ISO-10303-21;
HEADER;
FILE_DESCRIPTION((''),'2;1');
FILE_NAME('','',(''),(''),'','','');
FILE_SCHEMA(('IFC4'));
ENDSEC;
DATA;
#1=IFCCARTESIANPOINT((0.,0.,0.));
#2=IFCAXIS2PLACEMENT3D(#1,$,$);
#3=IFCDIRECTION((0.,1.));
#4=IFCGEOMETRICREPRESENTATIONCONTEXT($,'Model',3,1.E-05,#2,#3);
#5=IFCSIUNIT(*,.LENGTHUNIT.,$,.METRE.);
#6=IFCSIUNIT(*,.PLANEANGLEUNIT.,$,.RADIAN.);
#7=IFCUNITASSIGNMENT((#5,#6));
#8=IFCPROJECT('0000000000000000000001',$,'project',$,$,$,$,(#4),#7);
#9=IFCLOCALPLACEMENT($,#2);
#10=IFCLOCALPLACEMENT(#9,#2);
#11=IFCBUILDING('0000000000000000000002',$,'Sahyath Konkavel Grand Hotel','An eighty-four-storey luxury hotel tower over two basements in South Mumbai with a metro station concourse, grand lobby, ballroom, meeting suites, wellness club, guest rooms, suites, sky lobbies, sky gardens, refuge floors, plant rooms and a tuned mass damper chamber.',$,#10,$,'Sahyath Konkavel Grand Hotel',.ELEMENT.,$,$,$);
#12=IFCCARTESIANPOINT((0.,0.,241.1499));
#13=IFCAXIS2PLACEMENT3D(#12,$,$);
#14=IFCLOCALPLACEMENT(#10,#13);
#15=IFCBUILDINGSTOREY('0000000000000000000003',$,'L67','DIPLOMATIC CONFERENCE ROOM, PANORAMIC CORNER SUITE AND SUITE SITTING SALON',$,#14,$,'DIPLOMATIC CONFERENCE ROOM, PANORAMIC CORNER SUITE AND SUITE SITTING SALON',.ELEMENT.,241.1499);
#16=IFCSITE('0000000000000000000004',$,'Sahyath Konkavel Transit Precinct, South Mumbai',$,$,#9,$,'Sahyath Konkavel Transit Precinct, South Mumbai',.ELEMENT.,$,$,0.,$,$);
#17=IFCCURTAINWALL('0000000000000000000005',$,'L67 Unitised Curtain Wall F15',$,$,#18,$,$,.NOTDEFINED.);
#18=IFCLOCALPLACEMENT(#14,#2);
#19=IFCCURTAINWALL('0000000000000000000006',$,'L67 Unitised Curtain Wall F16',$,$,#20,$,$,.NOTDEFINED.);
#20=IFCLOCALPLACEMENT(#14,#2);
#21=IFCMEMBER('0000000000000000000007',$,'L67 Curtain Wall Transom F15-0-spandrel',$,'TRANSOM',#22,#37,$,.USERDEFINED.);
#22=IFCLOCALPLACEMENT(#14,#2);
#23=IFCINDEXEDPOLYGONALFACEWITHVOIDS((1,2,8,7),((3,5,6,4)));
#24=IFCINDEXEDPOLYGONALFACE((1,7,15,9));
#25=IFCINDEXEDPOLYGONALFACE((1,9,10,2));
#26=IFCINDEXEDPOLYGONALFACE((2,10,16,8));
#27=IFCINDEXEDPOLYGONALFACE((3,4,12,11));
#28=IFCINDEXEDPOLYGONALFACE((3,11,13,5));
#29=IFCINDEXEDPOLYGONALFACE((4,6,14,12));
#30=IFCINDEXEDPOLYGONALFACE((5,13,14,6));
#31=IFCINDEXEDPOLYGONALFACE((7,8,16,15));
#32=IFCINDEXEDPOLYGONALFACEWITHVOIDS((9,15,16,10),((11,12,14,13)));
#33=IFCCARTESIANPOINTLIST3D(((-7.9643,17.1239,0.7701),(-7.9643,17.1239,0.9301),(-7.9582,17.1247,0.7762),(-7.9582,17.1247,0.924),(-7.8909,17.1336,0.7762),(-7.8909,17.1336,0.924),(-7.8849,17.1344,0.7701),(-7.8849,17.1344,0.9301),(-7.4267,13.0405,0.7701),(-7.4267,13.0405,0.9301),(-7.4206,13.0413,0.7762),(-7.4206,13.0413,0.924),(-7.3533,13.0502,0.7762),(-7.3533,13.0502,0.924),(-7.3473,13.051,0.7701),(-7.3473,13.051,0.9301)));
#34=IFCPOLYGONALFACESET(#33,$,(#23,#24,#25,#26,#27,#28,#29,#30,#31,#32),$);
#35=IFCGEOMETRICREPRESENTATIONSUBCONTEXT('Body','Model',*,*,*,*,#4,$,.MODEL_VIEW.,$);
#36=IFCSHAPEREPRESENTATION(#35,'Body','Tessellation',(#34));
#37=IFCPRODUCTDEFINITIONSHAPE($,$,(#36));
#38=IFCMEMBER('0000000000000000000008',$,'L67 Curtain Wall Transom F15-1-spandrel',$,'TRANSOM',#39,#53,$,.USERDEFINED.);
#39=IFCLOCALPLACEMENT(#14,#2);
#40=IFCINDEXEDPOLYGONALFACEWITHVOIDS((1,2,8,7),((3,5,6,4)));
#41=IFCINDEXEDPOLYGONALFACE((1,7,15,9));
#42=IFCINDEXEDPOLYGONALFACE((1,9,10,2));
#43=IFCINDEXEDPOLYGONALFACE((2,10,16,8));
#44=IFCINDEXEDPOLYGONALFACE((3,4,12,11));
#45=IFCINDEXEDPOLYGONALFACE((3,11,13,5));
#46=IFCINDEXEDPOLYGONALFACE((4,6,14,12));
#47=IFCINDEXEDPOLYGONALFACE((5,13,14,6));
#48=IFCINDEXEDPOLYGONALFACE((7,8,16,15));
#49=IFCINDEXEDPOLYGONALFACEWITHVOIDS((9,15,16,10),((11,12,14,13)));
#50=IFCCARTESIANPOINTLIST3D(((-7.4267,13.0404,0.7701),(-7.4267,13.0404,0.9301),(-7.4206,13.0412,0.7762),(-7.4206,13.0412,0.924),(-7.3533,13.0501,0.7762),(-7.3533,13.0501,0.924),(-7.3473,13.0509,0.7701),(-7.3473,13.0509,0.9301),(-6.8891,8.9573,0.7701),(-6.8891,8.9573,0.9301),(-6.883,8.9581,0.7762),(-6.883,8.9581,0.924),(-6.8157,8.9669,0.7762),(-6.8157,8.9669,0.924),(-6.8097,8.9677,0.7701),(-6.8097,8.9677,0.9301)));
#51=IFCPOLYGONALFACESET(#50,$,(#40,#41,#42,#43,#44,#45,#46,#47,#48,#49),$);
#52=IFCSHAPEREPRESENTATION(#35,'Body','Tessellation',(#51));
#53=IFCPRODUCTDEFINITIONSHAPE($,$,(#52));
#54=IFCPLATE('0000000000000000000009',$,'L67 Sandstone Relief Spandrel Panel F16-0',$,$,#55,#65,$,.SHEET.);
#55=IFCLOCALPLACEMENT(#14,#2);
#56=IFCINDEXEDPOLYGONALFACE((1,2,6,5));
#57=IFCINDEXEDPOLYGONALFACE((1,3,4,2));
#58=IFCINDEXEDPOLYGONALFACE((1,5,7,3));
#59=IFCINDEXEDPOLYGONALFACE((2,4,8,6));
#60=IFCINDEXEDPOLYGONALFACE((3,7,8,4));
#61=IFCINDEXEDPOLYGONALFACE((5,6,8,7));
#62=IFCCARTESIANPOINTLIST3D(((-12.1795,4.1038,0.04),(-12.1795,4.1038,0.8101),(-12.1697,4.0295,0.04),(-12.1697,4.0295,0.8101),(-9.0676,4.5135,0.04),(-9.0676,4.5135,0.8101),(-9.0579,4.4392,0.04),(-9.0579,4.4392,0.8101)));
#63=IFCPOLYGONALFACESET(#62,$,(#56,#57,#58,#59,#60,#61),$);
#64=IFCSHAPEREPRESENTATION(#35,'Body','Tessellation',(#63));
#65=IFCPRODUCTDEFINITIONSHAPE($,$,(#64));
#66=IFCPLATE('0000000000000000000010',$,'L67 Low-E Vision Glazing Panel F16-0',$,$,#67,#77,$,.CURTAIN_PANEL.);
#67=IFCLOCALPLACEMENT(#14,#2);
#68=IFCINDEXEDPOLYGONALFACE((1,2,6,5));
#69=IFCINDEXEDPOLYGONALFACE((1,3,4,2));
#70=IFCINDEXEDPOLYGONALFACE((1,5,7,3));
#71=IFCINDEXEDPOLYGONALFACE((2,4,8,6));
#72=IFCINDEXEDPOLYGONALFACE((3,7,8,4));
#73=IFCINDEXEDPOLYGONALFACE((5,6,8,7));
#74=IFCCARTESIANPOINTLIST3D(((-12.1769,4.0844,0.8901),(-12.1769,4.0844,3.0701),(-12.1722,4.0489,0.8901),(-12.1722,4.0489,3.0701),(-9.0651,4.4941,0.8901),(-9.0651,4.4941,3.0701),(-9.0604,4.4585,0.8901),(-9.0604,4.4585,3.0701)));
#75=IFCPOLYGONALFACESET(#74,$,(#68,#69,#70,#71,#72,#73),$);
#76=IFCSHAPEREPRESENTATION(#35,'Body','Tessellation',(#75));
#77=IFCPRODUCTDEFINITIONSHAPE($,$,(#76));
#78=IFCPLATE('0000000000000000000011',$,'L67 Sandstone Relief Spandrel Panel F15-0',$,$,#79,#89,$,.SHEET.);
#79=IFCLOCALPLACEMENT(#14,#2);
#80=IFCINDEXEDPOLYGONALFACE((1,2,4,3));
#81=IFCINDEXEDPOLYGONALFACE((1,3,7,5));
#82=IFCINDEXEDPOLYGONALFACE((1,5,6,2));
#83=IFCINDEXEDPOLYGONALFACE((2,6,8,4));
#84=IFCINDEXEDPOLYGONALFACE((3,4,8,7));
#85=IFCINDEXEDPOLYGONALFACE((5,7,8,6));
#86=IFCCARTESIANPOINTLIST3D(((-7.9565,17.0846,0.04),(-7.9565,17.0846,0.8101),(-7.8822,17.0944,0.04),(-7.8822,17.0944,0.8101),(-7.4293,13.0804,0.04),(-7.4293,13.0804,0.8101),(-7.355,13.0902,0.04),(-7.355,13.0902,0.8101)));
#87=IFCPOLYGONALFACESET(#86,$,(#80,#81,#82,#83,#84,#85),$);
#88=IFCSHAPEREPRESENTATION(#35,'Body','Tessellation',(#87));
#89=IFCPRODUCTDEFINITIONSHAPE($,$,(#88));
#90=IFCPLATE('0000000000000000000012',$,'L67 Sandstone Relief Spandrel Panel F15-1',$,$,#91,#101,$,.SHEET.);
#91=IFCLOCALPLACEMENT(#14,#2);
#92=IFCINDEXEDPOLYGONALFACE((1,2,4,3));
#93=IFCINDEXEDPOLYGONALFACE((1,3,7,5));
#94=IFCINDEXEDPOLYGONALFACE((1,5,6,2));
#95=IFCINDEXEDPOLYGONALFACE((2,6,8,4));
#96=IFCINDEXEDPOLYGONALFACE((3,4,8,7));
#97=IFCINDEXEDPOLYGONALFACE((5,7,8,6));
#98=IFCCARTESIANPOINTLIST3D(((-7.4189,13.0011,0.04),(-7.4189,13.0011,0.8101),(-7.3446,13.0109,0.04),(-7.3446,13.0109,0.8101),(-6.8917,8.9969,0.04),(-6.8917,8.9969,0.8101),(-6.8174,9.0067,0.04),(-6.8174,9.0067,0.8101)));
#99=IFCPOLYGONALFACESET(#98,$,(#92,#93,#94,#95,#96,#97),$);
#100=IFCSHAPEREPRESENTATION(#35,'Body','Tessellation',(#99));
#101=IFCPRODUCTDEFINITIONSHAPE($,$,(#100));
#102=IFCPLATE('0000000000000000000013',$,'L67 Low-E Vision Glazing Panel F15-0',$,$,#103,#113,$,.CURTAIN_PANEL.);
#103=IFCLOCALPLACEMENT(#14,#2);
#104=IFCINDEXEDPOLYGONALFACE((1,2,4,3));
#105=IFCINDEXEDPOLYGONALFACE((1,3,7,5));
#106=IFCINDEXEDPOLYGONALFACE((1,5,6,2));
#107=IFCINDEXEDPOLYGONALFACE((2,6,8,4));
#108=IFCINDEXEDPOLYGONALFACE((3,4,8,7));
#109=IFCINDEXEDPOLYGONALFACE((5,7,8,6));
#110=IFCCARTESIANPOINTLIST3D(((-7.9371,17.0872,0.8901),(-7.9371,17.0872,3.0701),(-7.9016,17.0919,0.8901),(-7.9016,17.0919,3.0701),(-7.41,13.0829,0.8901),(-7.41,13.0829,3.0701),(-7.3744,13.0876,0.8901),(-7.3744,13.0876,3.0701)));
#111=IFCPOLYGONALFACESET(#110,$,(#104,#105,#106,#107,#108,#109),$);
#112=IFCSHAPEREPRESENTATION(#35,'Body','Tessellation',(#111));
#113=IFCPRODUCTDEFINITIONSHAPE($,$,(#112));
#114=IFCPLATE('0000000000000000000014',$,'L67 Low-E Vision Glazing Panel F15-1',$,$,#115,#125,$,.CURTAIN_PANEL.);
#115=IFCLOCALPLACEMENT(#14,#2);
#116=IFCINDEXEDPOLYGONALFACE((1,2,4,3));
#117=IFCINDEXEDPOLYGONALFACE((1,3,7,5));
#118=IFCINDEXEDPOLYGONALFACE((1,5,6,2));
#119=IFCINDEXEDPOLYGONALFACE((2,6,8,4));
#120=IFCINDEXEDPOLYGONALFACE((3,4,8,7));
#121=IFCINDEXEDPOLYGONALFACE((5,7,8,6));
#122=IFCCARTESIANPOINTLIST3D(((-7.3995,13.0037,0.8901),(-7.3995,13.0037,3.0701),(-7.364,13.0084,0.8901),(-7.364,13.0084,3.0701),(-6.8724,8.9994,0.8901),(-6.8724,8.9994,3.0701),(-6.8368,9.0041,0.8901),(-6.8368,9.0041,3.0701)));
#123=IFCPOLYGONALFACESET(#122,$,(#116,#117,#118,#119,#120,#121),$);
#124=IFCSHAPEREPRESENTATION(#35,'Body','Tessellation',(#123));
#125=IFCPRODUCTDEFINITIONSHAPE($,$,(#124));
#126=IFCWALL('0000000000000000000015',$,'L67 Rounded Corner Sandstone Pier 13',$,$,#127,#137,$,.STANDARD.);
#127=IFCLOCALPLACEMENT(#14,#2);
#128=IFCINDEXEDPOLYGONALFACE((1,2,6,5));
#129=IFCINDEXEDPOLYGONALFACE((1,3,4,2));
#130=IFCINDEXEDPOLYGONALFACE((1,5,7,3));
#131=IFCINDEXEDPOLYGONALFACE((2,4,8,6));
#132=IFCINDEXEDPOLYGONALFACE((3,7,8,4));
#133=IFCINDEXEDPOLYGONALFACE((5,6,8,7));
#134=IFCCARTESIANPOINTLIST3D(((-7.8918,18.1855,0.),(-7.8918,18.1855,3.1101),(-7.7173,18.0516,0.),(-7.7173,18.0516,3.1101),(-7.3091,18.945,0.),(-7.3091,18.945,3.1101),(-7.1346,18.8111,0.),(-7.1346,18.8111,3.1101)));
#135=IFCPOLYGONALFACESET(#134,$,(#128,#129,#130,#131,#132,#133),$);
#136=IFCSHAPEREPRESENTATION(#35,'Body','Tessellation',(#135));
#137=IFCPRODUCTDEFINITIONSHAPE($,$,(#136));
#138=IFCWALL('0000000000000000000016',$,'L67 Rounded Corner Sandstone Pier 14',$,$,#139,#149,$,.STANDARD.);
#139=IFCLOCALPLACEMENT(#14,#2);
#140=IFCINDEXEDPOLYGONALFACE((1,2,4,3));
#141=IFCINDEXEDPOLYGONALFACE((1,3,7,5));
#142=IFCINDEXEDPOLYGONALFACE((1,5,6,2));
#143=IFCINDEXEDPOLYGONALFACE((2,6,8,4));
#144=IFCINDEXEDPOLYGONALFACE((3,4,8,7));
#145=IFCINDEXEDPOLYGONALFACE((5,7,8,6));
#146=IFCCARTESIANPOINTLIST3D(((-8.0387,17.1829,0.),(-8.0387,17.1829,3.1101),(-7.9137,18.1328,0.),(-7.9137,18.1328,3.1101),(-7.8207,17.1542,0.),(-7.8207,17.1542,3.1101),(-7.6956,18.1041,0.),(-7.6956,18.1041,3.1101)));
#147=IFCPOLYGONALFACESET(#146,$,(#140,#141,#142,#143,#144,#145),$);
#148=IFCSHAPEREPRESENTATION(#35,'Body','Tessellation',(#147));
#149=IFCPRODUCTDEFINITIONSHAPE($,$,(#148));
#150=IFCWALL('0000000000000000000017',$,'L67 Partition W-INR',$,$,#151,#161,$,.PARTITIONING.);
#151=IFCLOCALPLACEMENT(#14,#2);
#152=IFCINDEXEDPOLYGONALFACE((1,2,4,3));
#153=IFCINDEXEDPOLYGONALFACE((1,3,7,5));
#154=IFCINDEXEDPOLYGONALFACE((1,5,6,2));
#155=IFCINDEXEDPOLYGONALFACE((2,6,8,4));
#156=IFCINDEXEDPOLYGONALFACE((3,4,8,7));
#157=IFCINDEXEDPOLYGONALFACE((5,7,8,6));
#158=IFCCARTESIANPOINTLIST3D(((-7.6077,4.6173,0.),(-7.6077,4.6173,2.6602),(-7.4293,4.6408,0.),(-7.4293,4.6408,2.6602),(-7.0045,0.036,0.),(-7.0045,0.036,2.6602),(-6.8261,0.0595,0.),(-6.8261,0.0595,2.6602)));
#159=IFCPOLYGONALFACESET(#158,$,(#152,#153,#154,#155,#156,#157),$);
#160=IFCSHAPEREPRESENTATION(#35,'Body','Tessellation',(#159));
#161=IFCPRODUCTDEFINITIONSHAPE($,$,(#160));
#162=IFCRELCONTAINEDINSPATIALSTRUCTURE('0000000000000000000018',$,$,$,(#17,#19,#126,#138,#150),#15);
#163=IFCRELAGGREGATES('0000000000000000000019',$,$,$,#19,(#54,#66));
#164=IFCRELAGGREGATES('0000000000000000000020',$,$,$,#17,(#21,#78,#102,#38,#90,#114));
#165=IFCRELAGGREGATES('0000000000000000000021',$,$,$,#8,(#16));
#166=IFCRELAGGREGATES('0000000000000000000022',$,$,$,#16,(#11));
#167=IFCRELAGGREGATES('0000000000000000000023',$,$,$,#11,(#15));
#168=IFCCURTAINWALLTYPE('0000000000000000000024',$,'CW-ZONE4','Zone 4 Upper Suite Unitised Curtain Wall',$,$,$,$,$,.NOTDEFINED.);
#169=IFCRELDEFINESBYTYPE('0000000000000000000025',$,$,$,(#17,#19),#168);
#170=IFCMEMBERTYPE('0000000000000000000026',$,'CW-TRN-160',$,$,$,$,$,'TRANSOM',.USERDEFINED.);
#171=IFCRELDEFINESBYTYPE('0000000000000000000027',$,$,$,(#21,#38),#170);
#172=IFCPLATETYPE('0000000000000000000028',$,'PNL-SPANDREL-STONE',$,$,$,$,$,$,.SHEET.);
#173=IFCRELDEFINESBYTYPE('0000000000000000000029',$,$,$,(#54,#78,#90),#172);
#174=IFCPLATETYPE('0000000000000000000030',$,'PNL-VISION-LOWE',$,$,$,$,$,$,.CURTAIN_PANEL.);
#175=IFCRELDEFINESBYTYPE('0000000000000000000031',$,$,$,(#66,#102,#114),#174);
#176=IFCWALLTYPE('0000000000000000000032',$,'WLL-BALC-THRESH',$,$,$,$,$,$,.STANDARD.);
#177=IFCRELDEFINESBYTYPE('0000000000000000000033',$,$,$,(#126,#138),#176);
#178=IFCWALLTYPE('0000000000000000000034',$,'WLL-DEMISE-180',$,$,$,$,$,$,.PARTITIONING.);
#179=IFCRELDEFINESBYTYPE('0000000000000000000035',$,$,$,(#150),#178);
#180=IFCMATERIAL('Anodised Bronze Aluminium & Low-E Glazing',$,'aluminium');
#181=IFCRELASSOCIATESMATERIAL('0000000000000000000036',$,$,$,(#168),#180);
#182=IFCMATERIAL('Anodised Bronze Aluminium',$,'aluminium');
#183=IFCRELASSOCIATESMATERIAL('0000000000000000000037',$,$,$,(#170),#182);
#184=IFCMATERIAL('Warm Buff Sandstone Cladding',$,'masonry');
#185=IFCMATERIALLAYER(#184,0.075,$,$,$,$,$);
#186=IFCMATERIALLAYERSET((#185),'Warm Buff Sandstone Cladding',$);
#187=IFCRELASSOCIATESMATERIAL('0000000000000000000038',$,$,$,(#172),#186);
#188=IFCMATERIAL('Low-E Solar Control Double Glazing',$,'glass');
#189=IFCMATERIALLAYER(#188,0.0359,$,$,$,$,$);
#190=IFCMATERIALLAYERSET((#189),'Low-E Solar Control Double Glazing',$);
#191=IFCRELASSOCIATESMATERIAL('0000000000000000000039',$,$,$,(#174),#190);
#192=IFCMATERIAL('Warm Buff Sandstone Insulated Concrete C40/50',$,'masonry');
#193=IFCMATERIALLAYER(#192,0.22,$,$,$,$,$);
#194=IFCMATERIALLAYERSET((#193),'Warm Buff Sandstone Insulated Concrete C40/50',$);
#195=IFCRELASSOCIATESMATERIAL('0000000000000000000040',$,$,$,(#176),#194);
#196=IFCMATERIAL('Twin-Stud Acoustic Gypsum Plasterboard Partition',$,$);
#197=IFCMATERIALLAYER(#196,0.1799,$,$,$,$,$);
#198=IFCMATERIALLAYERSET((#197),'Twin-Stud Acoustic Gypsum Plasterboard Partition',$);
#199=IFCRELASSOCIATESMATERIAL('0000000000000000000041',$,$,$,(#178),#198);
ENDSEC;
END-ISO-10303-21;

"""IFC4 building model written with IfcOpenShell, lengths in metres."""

from ifc_helpers import new_model, si_unit, direction, frame, frame_2d, origin, origin_2d, place, context, subcontext, project, spatial, rectangle, hollow_rectangle, extrude, source, transform, mapped, material, layer, layer_set, material_profile, profile_set, type_object, element, aggregate, save


model = new_model("IFC4")

# Units and contexts
model_context = context("Model", 3, precision=1e-05, world=origin(), true_north=direction((0.0, 1.0)))
body_context = subcontext(model_context, "Body", "Model", "MODEL_VIEW")
ifc_project = project(units=[si_unit("LENGTHUNIT", "METRE"), si_unit("PLANEANGLEUNIT", "RADIAN")], contexts=[model_context])

# Site, building, storey
site_placement = place(None, origin())
site = spatial("IfcSite", under=ifc_project, at=site_placement, Name="Sahyath Konkavel Transit Precinct, South Mumbai", LongName="Sahyath Konkavel Transit Precinct, South Mumbai", CompositionType="ELEMENT", RefElevation=0.0)
building_placement = place(site_placement, origin())
building = spatial("IfcBuilding", under=site, at=building_placement, Name="Sahyath Konkavel Grand Hotel", Description="An eighty-four-storey luxury hotel tower over two basements in South Mumbai with a metro station concourse, grand lobby, ballroom, meeting suites, wellness club, guest rooms, suites, sky lobbies, sky gardens, refuge floors, plant rooms and a tuned mass damper chamber.", LongName="Sahyath Konkavel Grand Hotel", CompositionType="ELEMENT")
storey_placement = place(building_placement, frame((0.0, 0.0, 241.1499)))
storey = spatial("IfcBuildingStorey", under=building, at=storey_placement, Name="L67", Description="DIPLOMATIC CONFERENCE ROOM, PANORAMIC CORNER SUITE AND SUITE SITTING SALON", LongName="DIPLOMATIC CONFERENCE ROOM, PANORAMIC CORNER SUITE AND SUITE SITTING SALON", CompositionType="ELEMENT", Elevation=241.1499)

# Curtain walls
ifc_material_1 = material(Name="Anodised Bronze Aluminium & Low-E Glazing", Category="aluminium")
curtain_wall_type = type_object("IfcCurtainWallType", Name="CW-ZONE4", Description="Zone 4 Upper Suite Unitised Curtain Wall", PredefinedType="NOTDEFINED", material=ifc_material_1)
curtain_wall_1_placement = place(storey_placement, origin())
curtain_wall_1 = element("IfcCurtainWall", 1, at=curtain_wall_1_placement, inside=storey, type_object=curtain_wall_type, Name="L67 Unitised Curtain Wall F15", PredefinedType="NOTDEFINED")
curtain_wall_2_placement = place(storey_placement, origin())
curtain_wall_2 = element("IfcCurtainWall", 2, at=curtain_wall_2_placement, inside=storey, type_object=curtain_wall_type, Name="L67 Unitised Curtain Wall F16", PredefinedType="NOTDEFINED")
ifc_material_2 = material(Name="Anodised Bronze Aluminium", Category="aluminium")

# Members
ifc_material_profile_1 = material_profile(ifc_material_2, hollow_rectangle(XDim=0.0801, YDim=0.1599, WallThickness=0.0061, at=origin_2d()), Name="RHS 160x80x6")
ifc_profile_set_1 = profile_set([ifc_material_profile_1], Name="Anodised Bronze Aluminium")
member_type_1 = type_object("IfcMemberType", Name="CW-TRN-160", ElementType="TRANSOM", PredefinedType="USERDEFINED", material=ifc_profile_set_1)
shared_shape_1 = source(origin(), body_context, "Body", "SweptSolid", [
    extrude(hollow_rectangle(XDim=0.0801, YDim=0.1599, WallThickness=0.0061, at=origin_2d()), origin(), (0.0, 0.0, 1.0), 4.1187),
])
member_1_placement = place(storey_placement, frame((-7.9246, 17.1292, 0.8501), z_axis=(0.130525, -0.991445, 0.0), x_axis=(0.991445, 0.130525, 0.0)))
member_1 = element("IfcMember", 3, at=member_1_placement, type_object=member_type_1, Name="L67 Curtain Wall Transom F15-0-spandrel", ObjectType="TRANSOM", PredefinedType="USERDEFINED", context=body_context, shape_type="MappedRepresentation", body=[
    mapped(shared_shape_1, transform((0.0, 0.0, 0.0), scale=1.0)),
])
shared_shape_2 = source(origin(), body_context, "Body", "SweptSolid", [
    extrude(hollow_rectangle(XDim=0.0801, YDim=0.1599, WallThickness=0.0061, at=origin_2d()), origin(), (0.0, 0.0, 1.0), 4.1184),
])
member_2_placement = place(storey_placement, frame((-7.387, 13.0457, 0.8501), z_axis=(0.130533, -0.991444, 0.0), x_axis=(0.991444, 0.130533, 0.0)))
member_2 = element("IfcMember", 4, at=member_2_placement, type_object=member_type_1, Name="L67 Curtain Wall Transom F15-1-spandrel", ObjectType="TRANSOM", PredefinedType="USERDEFINED", context=body_context, shape_type="MappedRepresentation", body=[
    mapped(shared_shape_2, transform((0.0, 0.0, 0.0), scale=1.0)),
])

# Plates
ifc_material_3 = material(Name="Warm Buff Sandstone Cladding", Category="masonry")
ifc_layer_1 = layer(ifc_material_3, 0.075)
ifc_layer_set_1 = layer_set([ifc_layer_1], Name="Warm Buff Sandstone Cladding")
plate_type_1 = type_object("IfcPlateType", Name="PNL-SPANDREL-STONE", PredefinedType="SHEET", material=ifc_layer_set_1)
shared_shape_3 = source(origin(), body_context, "Body", "SweptSolid", [
    extrude(rectangle(XDim=3.1387, YDim=0.075, at=origin_2d()), origin(), (0.0, 0.0, 1.0), 0.77),
])
plate_1_placement = place(storey_placement, frame((-10.6187, 4.2715, 0.04), z_axis=(0.0, 0.0, 1.0), x_axis=(-0.991445, -0.130526, 0.0)))
plate_1 = element("IfcPlate", 5, at=plate_1_placement, type_object=plate_type_1, Name="L67 Sandstone Relief Spandrel Panel F16-0", PredefinedType="SHEET", context=body_context, shape_type="MappedRepresentation", body=[
    mapped(shared_shape_3, transform((0.0, 0.0, 0.0), scale=1.0)),
])
ifc_material_4 = material(Name="Low-E Solar Control Double Glazing", Category="glass")
ifc_layer_2 = layer(ifc_material_4, 0.0359)
ifc_layer_set_2 = layer_set([ifc_layer_2], Name="Low-E Solar Control Double Glazing")
plate_type_2 = type_object("IfcPlateType", Name="PNL-VISION-LOWE", PredefinedType="CURTAIN_PANEL", material=ifc_layer_set_2)
shared_shape_4 = source(origin(), body_context, "Body", "SweptSolid", [
    extrude(rectangle(XDim=3.1387, YDim=0.0359, at=origin_2d()), origin(), (0.0, 0.0, 1.0), 2.1799),
])
plate_2_placement = place(storey_placement, frame((-10.6187, 4.2715, 0.8901), z_axis=(0.0, 0.0, 1.0), x_axis=(-0.991445, -0.130526, 0.0)))
plate_2 = element("IfcPlate", 6, at=plate_2_placement, type_object=plate_type_2, Name="L67 Low-E Vision Glazing Panel F16-0", PredefinedType="CURTAIN_PANEL", context=body_context, shape_type="MappedRepresentation", body=[
    mapped(shared_shape_4, transform((0.0, 0.0, 0.0), scale=1.0)),
])
aggregate(curtain_wall_2, [plate_1, plate_2])
shared_shape_5 = source(origin(), body_context, "Body", "SweptSolid", [
    extrude(rectangle(XDim=4.0388, YDim=0.075, at=origin_2d()), origin(), (0.0, 0.0, 1.0), 0.77),
])
plate_3_placement = place(storey_placement, frame((-7.6558, 15.0874, 0.04), z_axis=(0.0, 0.0, 1.0), x_axis=(0.130526, -0.991445, 0.0)))
plate_3 = element("IfcPlate", 7, at=plate_3_placement, type_object=plate_type_1, Name="L67 Sandstone Relief Spandrel Panel F15-0", PredefinedType="SHEET", context=body_context, shape_type="MappedRepresentation", body=[
    mapped(shared_shape_5, transform((0.0, 0.0, 0.0), scale=1.0)),
])
plate_4_placement = place(storey_placement, frame((-7.1182, 11.0039, 0.04), z_axis=(0.0, 0.0, 1.0), x_axis=(0.130526, -0.991445, 0.0)))
plate_4 = element("IfcPlate", 8, at=plate_4_placement, type_object=plate_type_1, Name="L67 Sandstone Relief Spandrel Panel F15-1", PredefinedType="SHEET", context=body_context, shape_type="MappedRepresentation", body=[
    mapped(shared_shape_5, transform((0.0, 0.0, 0.0), scale=1.0)),
])
shared_shape_6 = source(origin(), body_context, "Body", "SweptSolid", [
    extrude(rectangle(XDim=4.0388, YDim=0.0359, at=origin_2d()), origin(), (0.0, 0.0, 1.0), 2.1799),
])
plate_5_placement = place(storey_placement, frame((-7.6558, 15.0874, 0.8901), z_axis=(0.0, 0.0, 1.0), x_axis=(0.130526, -0.991445, 0.0)))
plate_5 = element("IfcPlate", 9, at=plate_5_placement, type_object=plate_type_2, Name="L67 Low-E Vision Glazing Panel F15-0", PredefinedType="CURTAIN_PANEL", context=body_context, shape_type="MappedRepresentation", body=[
    mapped(shared_shape_6, transform((0.0, 0.0, 0.0), scale=1.0)),
])
plate_6_placement = place(storey_placement, frame((-7.1182, 11.0039, 0.8901), z_axis=(0.0, 0.0, 1.0), x_axis=(0.130526, -0.991445, 0.0)))
plate_6 = element("IfcPlate", 10, at=plate_6_placement, type_object=plate_type_2, Name="L67 Low-E Vision Glazing Panel F15-1", PredefinedType="CURTAIN_PANEL", context=body_context, shape_type="MappedRepresentation", body=[
    mapped(shared_shape_6, transform((0.0, 0.0, 0.0), scale=1.0)),
])
aggregate(curtain_wall_1, [member_1, plate_3, plate_5, member_2, plate_4, plate_6])

# Walls
ifc_material_5 = material(Name="Warm Buff Sandstone Insulated Concrete C40/50", Category="masonry")
ifc_layer_3 = layer(ifc_material_5, 0.22)
ifc_layer_set_3 = layer_set([ifc_layer_3], Name="Warm Buff Sandstone Insulated Concrete C40/50")
wall_type_1 = type_object("IfcWallType", Name="WLL-BALC-THRESH", PredefinedType="STANDARD", material=ifc_layer_set_3)
wall_1_placement = place(storey_placement, frame((-7.2219, 18.8779, 0.0), z_axis=(0.0, 0.0, 1.0), x_axis=(-0.608737, -0.793372, 0.0)))
element("IfcWall", 11, at=wall_1_placement, inside=storey, type_object=wall_type_1, Name="L67 Rounded Corner Sandstone Pier 13", PredefinedType="STANDARD", context=body_context, shape_type="SweptSolid", body=[
    extrude(rectangle(XDim=0.9573, YDim=0.22, at=frame_2d((0.4785, 0.0))), origin(), (0.0, 0.0, 1.0), 3.1101),
])
wall_2_placement = place(storey_placement, frame((-7.8047, 18.1184, 0.0), z_axis=(0.0, 0.0, 1.0), x_axis=(-0.130494, -0.991449, 0.0)))
element("IfcWall", 12, at=wall_2_placement, inside=storey, type_object=wall_type_1, Name="L67 Rounded Corner Sandstone Pier 14", PredefinedType="STANDARD", context=body_context, shape_type="SweptSolid", body=[
    extrude(rectangle(XDim=0.958, YDim=0.22, at=frame_2d((0.479, 0.0))), origin(), (0.0, 0.0, 1.0), 3.1101),
])
ifc_material_6 = material(Name="Twin-Stud Acoustic Gypsum Plasterboard Partition")
ifc_layer_4 = layer(ifc_material_6, 0.1799)
ifc_layer_set_4 = layer_set([ifc_layer_4], Name="Twin-Stud Acoustic Gypsum Plasterboard Partition")
wall_type_2 = type_object("IfcWallType", Name="WLL-DEMISE-180", PredefinedType="PARTITIONING", material=ifc_layer_set_4)
wall_3_placement = place(storey_placement, frame((-7.5186, 4.6292, 0.0), z_axis=(0.0, 0.0, 1.0), x_axis=(0.130554, -0.991441, 0.0)))
element("IfcWall", 13, at=wall_3_placement, inside=storey, type_object=wall_type_2, Name="L67 Partition W-INR", PredefinedType="PARTITIONING", context=body_context, shape_type="SweptSolid", body=[
    extrude(rectangle(XDim=4.6208, YDim=0.1799, at=frame_2d((2.3105, 0.0))), origin(), (0.0, 0.0, 1.0), 2.6602),
])

save(model, "model.ifc")
